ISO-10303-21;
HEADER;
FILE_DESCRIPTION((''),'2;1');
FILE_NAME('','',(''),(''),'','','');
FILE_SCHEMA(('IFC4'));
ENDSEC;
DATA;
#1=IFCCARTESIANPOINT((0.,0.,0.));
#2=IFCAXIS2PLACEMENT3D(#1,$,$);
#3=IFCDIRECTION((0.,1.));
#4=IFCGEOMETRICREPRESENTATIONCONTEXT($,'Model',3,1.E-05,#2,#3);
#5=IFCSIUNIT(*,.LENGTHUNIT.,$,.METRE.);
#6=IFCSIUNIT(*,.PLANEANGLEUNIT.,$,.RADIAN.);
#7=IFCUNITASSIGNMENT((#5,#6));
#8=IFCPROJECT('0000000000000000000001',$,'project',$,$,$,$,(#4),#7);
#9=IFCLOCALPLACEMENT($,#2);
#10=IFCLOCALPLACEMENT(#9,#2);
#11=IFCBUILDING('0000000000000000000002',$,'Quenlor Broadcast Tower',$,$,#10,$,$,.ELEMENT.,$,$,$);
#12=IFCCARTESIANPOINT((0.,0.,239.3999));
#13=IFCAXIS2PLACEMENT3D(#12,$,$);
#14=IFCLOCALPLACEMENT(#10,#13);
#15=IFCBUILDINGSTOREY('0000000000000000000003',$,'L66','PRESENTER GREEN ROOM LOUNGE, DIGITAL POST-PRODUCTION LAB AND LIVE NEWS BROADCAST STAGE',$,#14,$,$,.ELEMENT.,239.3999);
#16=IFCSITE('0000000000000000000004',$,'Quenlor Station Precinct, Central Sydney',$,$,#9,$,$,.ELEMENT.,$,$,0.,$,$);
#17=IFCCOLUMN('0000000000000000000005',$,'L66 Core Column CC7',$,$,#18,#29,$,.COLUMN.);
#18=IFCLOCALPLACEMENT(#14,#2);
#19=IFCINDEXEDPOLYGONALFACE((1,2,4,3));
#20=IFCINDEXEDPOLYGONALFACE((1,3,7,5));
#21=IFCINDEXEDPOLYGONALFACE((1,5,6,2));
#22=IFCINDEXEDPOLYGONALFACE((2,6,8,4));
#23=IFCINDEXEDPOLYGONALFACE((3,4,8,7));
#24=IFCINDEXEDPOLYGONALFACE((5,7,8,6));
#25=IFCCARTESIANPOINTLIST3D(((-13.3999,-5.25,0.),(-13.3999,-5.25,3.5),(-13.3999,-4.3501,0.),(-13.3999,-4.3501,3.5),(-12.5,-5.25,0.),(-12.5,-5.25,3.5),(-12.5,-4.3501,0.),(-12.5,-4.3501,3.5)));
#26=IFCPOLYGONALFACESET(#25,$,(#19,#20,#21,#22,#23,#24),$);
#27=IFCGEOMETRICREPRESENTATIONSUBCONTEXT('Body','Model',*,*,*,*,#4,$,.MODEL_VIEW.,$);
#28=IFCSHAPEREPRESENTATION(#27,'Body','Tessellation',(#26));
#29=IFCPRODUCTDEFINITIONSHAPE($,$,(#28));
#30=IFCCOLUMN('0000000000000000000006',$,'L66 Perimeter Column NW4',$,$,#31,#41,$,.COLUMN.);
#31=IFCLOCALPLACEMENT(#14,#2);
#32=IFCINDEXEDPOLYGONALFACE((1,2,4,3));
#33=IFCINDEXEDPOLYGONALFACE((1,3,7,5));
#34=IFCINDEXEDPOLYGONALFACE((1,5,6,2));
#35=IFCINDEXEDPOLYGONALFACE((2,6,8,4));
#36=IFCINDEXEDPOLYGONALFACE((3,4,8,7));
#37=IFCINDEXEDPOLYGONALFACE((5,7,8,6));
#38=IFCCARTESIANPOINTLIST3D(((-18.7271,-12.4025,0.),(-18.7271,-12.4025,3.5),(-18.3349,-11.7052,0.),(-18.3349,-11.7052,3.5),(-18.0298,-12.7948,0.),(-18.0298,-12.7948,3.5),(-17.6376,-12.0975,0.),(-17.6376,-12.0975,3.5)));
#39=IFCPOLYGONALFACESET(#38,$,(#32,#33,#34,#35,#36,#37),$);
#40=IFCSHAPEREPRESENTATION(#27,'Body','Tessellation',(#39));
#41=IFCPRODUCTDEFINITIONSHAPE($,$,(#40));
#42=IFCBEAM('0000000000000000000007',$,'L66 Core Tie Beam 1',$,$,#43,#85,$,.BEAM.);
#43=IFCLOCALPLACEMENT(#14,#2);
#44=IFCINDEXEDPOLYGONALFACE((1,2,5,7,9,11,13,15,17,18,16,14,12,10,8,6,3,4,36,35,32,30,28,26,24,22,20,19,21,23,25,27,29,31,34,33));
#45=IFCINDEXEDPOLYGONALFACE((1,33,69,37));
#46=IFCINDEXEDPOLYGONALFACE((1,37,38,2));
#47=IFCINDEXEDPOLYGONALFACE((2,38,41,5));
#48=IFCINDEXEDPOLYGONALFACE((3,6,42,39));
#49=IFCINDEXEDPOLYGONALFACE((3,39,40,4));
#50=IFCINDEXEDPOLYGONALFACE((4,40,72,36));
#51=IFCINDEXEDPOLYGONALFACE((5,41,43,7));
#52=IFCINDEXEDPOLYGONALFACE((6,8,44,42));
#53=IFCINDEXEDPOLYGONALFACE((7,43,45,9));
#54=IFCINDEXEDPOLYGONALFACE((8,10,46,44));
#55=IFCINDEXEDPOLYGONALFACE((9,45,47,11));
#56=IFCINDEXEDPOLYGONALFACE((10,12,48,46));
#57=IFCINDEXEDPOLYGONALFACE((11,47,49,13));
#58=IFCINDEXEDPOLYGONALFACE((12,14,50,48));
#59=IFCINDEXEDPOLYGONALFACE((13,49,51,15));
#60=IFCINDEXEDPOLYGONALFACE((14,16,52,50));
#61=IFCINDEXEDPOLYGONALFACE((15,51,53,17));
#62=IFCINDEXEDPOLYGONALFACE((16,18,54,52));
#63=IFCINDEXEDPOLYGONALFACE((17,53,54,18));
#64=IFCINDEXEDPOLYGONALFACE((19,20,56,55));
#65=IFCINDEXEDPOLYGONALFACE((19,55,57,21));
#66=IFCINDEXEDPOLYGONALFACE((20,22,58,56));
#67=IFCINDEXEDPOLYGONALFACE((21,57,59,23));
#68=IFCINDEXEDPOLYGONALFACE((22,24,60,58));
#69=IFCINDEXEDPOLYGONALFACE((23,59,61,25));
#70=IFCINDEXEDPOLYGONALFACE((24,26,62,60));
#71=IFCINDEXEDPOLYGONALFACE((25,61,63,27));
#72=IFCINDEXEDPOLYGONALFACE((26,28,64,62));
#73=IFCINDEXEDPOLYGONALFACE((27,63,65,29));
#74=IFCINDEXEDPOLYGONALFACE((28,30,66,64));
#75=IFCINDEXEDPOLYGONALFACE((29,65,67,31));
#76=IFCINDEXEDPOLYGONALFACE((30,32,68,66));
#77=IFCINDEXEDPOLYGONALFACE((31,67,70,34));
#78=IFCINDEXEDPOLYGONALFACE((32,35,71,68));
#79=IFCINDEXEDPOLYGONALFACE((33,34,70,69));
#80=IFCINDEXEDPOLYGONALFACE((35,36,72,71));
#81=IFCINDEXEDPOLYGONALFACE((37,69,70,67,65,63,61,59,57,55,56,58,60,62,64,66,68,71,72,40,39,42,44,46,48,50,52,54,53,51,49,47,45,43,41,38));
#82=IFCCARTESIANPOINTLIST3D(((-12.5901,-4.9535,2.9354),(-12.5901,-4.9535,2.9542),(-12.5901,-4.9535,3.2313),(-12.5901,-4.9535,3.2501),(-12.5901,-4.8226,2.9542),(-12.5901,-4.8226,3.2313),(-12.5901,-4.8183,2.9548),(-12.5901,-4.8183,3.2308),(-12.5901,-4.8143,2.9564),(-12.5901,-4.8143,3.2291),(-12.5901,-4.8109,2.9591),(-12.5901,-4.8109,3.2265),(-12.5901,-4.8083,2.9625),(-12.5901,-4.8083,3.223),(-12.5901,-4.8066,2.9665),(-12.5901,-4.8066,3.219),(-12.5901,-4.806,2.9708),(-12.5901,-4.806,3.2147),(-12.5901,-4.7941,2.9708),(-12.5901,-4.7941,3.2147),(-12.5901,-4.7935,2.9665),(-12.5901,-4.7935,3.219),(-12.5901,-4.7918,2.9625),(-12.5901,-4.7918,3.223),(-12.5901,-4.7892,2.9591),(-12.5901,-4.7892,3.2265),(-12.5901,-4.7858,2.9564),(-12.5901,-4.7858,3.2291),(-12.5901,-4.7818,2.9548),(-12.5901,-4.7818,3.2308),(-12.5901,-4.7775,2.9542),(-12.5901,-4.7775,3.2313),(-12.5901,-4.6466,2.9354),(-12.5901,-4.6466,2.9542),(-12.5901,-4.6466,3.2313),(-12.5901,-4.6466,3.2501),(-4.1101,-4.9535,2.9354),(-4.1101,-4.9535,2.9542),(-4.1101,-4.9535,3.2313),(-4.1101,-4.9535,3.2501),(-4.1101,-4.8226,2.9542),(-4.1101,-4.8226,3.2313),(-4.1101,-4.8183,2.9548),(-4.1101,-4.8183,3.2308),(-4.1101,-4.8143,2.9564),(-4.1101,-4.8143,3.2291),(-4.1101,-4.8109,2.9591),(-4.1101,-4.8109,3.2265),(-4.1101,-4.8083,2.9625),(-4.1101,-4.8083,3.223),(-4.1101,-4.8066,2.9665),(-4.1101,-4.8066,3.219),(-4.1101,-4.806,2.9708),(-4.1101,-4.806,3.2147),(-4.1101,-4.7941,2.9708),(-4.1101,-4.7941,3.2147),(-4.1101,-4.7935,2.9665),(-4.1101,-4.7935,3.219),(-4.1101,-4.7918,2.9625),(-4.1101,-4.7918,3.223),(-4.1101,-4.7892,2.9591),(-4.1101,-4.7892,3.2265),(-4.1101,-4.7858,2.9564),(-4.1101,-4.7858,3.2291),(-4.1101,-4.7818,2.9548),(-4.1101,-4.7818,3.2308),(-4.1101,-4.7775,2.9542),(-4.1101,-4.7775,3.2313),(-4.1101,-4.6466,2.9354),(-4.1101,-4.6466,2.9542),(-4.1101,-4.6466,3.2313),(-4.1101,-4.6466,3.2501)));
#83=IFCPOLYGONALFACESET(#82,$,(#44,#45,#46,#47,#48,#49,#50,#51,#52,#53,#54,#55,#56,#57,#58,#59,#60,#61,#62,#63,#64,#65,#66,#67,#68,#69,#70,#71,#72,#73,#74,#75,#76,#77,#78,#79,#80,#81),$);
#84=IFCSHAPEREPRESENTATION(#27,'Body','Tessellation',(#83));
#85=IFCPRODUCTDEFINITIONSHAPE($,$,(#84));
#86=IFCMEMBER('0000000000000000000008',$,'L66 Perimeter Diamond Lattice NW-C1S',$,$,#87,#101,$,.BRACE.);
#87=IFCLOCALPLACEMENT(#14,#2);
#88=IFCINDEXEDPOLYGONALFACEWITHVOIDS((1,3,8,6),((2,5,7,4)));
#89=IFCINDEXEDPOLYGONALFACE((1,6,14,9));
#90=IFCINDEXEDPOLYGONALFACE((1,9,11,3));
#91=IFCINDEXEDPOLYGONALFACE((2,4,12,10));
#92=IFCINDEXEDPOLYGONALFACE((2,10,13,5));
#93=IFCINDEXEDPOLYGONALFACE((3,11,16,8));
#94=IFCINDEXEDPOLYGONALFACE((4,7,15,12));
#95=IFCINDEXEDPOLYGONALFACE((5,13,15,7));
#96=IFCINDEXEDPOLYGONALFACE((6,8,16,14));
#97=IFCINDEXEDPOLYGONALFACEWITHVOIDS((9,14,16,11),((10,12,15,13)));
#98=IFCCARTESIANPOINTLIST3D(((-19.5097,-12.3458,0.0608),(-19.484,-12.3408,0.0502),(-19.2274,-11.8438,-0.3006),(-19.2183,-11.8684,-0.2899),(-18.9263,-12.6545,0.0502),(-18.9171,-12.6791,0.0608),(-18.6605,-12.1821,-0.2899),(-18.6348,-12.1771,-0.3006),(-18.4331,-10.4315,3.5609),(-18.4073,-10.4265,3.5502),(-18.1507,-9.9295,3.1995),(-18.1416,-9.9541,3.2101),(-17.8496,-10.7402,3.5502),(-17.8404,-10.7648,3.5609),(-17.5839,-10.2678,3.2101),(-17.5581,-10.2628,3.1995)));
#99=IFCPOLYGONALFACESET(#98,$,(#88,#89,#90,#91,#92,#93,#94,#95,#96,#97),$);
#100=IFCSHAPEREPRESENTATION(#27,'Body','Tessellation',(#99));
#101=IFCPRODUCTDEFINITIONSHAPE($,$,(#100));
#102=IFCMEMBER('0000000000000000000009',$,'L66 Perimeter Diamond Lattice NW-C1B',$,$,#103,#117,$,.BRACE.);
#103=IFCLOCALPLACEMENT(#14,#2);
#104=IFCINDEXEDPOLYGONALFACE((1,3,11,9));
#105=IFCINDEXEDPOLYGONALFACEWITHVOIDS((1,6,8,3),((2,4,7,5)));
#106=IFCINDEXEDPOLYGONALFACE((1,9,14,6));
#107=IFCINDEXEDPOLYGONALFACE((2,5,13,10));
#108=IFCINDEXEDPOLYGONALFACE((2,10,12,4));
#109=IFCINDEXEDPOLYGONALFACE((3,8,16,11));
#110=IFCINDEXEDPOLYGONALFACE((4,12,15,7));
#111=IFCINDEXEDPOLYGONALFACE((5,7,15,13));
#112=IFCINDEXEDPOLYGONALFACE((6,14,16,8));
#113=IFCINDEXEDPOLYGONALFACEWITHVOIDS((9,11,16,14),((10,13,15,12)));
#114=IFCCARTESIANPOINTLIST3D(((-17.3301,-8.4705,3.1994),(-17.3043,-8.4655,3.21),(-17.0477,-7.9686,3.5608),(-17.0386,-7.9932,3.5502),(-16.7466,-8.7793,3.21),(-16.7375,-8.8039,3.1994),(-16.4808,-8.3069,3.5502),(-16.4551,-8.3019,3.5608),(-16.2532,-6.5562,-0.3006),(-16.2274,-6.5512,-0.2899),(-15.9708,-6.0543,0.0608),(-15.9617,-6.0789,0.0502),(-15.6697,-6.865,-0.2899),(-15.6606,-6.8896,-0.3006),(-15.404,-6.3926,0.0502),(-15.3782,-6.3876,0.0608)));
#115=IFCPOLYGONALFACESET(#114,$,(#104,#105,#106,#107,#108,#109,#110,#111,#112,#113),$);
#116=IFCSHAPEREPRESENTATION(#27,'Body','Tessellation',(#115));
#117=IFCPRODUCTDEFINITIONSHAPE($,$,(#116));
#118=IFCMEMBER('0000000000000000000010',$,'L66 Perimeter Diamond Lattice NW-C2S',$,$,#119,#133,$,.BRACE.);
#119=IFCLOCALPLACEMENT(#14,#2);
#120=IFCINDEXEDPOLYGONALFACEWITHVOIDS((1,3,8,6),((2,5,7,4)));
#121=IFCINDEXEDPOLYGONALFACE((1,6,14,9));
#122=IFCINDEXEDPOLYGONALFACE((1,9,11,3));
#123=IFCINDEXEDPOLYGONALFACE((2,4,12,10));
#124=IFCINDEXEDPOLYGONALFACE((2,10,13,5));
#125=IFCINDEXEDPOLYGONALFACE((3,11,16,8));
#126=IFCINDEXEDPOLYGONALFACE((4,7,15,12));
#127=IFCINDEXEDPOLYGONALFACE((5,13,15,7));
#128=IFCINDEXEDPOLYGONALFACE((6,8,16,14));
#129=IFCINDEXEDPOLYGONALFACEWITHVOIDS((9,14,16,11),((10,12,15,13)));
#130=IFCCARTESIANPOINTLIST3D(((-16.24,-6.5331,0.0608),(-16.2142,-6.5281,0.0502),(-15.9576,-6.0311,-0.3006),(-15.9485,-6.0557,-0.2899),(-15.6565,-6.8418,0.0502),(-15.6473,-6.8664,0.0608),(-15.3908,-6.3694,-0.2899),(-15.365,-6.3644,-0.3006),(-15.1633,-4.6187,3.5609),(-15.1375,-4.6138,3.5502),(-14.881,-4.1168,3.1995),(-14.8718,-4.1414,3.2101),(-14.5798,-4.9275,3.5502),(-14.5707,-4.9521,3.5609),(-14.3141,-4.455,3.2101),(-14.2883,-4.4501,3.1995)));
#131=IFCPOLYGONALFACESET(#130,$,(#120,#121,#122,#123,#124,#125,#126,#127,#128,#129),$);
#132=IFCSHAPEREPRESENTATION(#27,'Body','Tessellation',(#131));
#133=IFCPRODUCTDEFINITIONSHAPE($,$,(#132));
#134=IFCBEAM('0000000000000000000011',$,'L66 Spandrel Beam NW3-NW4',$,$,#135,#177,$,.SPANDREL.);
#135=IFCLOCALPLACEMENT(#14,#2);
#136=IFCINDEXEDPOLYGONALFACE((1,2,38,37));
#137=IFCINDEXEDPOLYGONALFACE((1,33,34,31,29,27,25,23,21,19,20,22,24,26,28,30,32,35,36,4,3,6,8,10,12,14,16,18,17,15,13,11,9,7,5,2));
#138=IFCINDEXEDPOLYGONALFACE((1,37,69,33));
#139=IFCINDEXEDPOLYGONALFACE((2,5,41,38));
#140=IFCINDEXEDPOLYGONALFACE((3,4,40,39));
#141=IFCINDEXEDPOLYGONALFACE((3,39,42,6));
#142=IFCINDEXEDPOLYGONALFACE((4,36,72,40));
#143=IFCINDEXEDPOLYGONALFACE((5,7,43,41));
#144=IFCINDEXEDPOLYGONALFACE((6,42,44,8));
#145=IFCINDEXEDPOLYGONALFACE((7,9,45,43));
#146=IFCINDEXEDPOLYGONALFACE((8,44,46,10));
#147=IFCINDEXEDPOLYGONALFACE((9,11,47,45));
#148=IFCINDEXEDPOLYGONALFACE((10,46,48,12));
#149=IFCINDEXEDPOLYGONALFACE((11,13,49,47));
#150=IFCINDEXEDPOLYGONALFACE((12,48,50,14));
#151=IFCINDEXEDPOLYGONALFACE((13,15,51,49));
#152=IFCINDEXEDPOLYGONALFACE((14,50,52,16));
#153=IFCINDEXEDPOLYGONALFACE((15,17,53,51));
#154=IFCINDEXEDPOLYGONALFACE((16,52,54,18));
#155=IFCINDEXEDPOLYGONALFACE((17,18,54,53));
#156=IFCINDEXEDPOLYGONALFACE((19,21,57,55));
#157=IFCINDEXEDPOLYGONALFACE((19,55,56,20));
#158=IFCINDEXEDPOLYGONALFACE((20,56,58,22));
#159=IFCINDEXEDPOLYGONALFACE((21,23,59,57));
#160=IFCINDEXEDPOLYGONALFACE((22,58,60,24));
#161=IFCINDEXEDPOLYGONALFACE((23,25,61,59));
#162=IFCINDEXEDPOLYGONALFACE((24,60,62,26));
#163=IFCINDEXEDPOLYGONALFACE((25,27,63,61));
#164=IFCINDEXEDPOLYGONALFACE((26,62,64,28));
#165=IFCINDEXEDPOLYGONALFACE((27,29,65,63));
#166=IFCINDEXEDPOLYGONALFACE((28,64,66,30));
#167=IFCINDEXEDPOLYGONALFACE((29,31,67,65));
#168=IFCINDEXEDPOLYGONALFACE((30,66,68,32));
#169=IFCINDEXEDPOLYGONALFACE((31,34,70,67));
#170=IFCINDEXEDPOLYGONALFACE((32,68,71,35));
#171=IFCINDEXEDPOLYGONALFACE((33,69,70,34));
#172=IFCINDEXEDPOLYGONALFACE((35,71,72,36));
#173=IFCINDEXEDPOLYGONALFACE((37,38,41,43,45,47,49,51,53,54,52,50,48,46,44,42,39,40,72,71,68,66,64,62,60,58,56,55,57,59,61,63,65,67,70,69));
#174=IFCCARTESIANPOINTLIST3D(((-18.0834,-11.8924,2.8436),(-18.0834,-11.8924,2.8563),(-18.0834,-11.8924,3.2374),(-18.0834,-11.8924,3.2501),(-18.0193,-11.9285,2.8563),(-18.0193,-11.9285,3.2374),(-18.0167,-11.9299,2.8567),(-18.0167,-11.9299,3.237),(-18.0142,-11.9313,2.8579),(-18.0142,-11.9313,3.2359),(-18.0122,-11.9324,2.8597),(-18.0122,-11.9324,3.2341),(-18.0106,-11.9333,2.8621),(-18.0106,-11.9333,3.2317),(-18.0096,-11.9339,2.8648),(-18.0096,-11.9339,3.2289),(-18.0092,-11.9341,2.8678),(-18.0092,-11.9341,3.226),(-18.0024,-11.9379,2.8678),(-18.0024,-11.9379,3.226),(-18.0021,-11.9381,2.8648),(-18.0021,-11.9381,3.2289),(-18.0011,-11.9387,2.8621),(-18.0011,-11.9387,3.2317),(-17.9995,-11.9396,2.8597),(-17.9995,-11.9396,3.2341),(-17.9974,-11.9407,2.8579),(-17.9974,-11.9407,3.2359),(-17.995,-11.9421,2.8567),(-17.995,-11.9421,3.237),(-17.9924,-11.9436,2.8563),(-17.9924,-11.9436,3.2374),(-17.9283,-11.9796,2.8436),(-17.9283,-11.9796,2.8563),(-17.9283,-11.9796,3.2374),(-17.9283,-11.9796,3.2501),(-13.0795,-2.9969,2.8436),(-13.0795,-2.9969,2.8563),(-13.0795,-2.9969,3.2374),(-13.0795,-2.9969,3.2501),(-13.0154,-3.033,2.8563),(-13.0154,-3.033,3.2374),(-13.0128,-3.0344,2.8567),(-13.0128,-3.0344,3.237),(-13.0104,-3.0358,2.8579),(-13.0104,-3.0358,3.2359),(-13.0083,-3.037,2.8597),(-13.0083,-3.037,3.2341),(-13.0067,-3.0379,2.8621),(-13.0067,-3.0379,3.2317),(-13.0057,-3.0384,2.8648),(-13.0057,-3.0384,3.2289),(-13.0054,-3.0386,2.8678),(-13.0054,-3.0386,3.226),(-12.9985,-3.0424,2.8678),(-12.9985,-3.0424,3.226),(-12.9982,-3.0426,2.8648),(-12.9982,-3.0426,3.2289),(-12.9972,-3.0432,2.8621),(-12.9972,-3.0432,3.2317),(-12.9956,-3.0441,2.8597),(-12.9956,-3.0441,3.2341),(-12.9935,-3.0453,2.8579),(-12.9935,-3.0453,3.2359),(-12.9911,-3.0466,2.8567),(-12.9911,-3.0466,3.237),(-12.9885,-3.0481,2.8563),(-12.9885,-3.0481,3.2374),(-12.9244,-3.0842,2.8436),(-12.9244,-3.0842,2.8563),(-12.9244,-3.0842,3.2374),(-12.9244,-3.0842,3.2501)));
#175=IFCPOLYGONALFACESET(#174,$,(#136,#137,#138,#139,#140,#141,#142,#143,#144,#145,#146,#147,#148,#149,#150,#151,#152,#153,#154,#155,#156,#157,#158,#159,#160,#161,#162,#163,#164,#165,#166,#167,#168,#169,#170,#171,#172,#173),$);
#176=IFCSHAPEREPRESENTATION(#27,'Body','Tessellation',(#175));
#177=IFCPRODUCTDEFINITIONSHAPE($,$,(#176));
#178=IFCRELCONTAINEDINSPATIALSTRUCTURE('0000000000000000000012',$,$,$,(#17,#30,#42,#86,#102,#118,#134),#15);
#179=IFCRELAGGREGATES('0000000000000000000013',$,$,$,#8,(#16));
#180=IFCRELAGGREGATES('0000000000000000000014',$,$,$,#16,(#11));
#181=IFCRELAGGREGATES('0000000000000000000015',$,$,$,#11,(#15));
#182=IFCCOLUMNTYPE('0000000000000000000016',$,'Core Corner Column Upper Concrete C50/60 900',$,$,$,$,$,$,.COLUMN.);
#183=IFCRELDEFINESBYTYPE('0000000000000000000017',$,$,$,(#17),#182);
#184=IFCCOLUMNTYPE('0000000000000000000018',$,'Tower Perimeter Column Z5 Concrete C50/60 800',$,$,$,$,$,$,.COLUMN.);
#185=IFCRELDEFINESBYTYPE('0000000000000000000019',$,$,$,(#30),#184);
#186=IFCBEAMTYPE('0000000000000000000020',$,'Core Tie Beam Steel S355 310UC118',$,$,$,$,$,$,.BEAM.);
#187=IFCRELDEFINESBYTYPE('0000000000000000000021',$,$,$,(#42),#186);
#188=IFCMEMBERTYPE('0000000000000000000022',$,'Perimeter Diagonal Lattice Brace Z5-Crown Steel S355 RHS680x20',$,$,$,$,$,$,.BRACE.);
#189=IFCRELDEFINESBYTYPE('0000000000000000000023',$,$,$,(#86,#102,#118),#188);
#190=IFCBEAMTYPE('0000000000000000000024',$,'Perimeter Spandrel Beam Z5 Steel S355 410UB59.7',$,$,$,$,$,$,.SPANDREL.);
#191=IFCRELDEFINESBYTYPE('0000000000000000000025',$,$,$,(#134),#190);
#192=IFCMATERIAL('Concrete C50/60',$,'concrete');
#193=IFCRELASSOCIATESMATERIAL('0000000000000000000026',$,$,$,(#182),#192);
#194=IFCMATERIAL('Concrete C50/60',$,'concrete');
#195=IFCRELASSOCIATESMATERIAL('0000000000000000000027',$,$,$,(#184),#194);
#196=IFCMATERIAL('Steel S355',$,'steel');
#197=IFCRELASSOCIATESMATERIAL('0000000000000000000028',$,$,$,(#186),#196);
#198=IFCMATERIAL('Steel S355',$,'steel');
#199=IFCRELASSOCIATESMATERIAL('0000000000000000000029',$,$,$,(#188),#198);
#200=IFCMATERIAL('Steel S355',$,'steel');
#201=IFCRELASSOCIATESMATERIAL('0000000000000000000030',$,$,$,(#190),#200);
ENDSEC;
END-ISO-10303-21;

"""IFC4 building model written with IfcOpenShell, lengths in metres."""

from ifc_helpers import new_model, si_unit, direction, frame, origin, origin_2d, place, context, subcontext, project, spatial, rectangle, hollow_rectangle, i_section, extrude, material, material_profile, profile_set, type_object, element, save


model = new_model("IFC4")

# Units and contexts
model_context = context("Model", 3, precision=1e-05, world=origin(), true_north=direction((0.0, 1.0)))
body_context = subcontext(model_context, "Body", "Model", "MODEL_VIEW")
ifc_project = project(units=[si_unit("LENGTHUNIT", "METRE"), si_unit("PLANEANGLEUNIT", "RADIAN")], contexts=[model_context])

# Site, building, storey
site_placement = place(None, origin())
site = spatial("IfcSite", under=ifc_project, at=site_placement, Name="Quenlor Station Precinct, Central Sydney", CompositionType="ELEMENT", RefElevation=0.0)
building_placement = place(site_placement, origin())
building = spatial("IfcBuilding", under=site, at=building_placement, Name="Quenlor Broadcast Tower", CompositionType="ELEMENT")
storey_placement = place(building_placement, frame((0.0, 0.0, 239.3999)))
storey = spatial("IfcBuildingStorey", under=building, at=storey_placement, Name="L66", Description="PRESENTER GREEN ROOM LOUNGE, DIGITAL POST-PRODUCTION LAB AND LIVE NEWS BROADCAST STAGE", CompositionType="ELEMENT", Elevation=239.3999)

# Columns
ifc_material_1 = material(Name="Concrete C50/60", Category="concrete")
ifc_material_profile_1 = material_profile(ifc_material_1, rectangle(XDim=0.8999, YDim=0.8999, at=origin_2d()))
ifc_profile_set_1 = profile_set([ifc_material_profile_1], Name="Concrete C50/60 RC900x900")
column_type_1 = type_object("IfcColumnType", Name="Core Corner Column Upper Concrete C50/60 900", PredefinedType="COLUMN", material=ifc_profile_set_1)
column_1_placement = place(storey_placement, frame((-12.95, -4.8, 0.0), z_axis=(0.0, 0.0, 1.0), x_axis=(1.0, 0.0, 0.0)))
element("IfcColumn", 1, at=column_1_placement, inside=storey, type_object=column_type_1, Name="L66 Core Column CC7", PredefinedType="COLUMN", context=body_context, shape_type="SweptSolid", body=[
    extrude(rectangle(XDim=0.8999, YDim=0.8999, at=origin_2d()), origin(), (0.0, 0.0, 1.0), 3.5),
])
ifc_material_2 = material(Name="Concrete C50/60", Category="concrete")
ifc_material_profile_2 = material_profile(ifc_material_2, rectangle(XDim=0.8, YDim=0.8, at=origin_2d()))
ifc_profile_set_2 = profile_set([ifc_material_profile_2], Name="Concrete C50/60 RC800x800")
column_type_2 = type_object("IfcColumnType", Name="Tower Perimeter Column Z5 Concrete C50/60 800", PredefinedType="COLUMN", material=ifc_profile_set_2)
column_2_placement = place(storey_placement, frame((-18.1824, -12.25, 0.0), z_axis=(0.0, 0.0, 1.0), x_axis=(-0.871575, 0.490262, 0.0)))
element("IfcColumn", 2, at=column_2_placement, inside=storey, type_object=column_type_2, Name="L66 Perimeter Column NW4", PredefinedType="COLUMN", context=body_context, shape_type="SweptSolid", body=[
    extrude(rectangle(XDim=0.8, YDim=0.8, at=origin_2d()), origin(), (0.0, 0.0, 1.0), 3.5),
])

# Beam
ifc_material_3 = material(Name="Steel S355", Category="steel")
ifc_material_profile_3 = material_profile(ifc_material_3, i_section(OverallWidth=0.3069, OverallDepth=0.3147, WebThickness=0.012, FlangeThickness=0.0188, FilletRadius=0.0166, at=origin_2d()))
ifc_profile_set_3 = profile_set([ifc_material_profile_3], Name="Steel S355 310UC118")
beam_type_1 = type_object("IfcBeamType", Name="Core Tie Beam Steel S355 310UC118", PredefinedType="BEAM", material=ifc_profile_set_3)
beam_1_placement = place(storey_placement, frame((-12.5901, -4.8, 3.0928), z_axis=(1.0, 0.0, 0.0), x_axis=(0.0, 1.0, 0.0)))
element("IfcBeam", 3, at=beam_1_placement, inside=storey, type_object=beam_type_1, Name="L66 Core Tie Beam 1", PredefinedType="BEAM", context=body_context, shape_type="SweptSolid", body=[
    extrude(i_section(OverallWidth=0.3069, OverallDepth=0.3147, WebThickness=0.012, FlangeThickness=0.0188, FilletRadius=0.0166, at=origin_2d()), origin(), (0.0, 0.0, 1.0), 8.48),
])

# Members
ifc_material_4 = material(Name="Steel S355", Category="steel")
ifc_material_profile_4 = material_profile(ifc_material_4, hollow_rectangle(XDim=0.6799, YDim=0.6799, WallThickness=0.02, at=origin_2d()))
ifc_profile_set_4 = profile_set([ifc_material_profile_4], Name="Steel S355 RHS680x680x20")
member_type = type_object("IfcMemberType", Name="Perimeter Diagonal Lattice Brace Z5-Crown Steel S355 RHS680x20", PredefinedType="BRACE", material=ifc_profile_set_4)
for number, where, z_axis, x_axis, name in (
    (4, (-19.0723, -12.2615, -0.1199), (0.260564, 0.463283, 0.847039), (-0.871602, 0.490214, 0.0), "L66 Perimeter Diamond Lattice NW-C1S"),
    (5, (-15.8157, -6.4719, -0.1199), (-0.260619, -0.463276, 0.847026), (0.871555, -0.490298, 0.0), "L66 Perimeter Diamond Lattice NW-C1B"),
    (6, (-15.8025, -6.4487, -0.1199), (0.260564, 0.463283, 0.847039), (-0.871602, 0.490214, 0.0), "L66 Perimeter Diamond Lattice NW-C2S"),
):
    element("IfcMember", number, at=place(storey_placement, frame(where, z_axis=z_axis, x_axis=x_axis)), inside=storey, type_object=member_type, Name=name, PredefinedType="BRACE", context=body_context, shape_type="SweptSolid", body=[
        extrude(hollow_rectangle(XDim=0.6799, YDim=0.6799, WallThickness=0.02, at=origin_2d()), origin(), (0.0, 0.0, 1.0), 4.1321),
    ])

# Beam
ifc_material_5 = material(Name="Steel S355", Category="steel")
ifc_material_profile_5 = material_profile(ifc_material_5, i_section(OverallWidth=0.178, OverallDepth=0.4065, WebThickness=0.0078, FlangeThickness=0.0127, FilletRadius=0.0115, at=origin_2d()))
ifc_profile_set_5 = profile_set([ifc_material_profile_5], Name="Steel S355 410UB59.7")
beam_type_2 = type_object("IfcBeamType", Name="Perimeter Spandrel Beam Z5 Steel S355 410UB59.7", PredefinedType="SPANDREL", material=ifc_profile_set_5)
beam_2_placement = place(storey_placement, frame((-13.002, -3.0405, 3.0469), z_axis=(-0.490275, -0.871568, 0.0), x_axis=(0.871568, -0.490275, 0.0)))
element("IfcBeam", 7, at=beam_2_placement, inside=storey, type_object=beam_type_2, Name="L66 Spandrel Beam NW3-NW4", PredefinedType="SPANDREL", context=body_context, shape_type="SweptSolid", body=[
    extrude(i_section(OverallWidth=0.178, OverallDepth=0.4065, WebThickness=0.0078, FlangeThickness=0.0127, FilletRadius=0.0115, at=origin_2d()), origin(), (0.0, 0.0, 1.0), 10.2063),
])

save(model, "model.ifc")
